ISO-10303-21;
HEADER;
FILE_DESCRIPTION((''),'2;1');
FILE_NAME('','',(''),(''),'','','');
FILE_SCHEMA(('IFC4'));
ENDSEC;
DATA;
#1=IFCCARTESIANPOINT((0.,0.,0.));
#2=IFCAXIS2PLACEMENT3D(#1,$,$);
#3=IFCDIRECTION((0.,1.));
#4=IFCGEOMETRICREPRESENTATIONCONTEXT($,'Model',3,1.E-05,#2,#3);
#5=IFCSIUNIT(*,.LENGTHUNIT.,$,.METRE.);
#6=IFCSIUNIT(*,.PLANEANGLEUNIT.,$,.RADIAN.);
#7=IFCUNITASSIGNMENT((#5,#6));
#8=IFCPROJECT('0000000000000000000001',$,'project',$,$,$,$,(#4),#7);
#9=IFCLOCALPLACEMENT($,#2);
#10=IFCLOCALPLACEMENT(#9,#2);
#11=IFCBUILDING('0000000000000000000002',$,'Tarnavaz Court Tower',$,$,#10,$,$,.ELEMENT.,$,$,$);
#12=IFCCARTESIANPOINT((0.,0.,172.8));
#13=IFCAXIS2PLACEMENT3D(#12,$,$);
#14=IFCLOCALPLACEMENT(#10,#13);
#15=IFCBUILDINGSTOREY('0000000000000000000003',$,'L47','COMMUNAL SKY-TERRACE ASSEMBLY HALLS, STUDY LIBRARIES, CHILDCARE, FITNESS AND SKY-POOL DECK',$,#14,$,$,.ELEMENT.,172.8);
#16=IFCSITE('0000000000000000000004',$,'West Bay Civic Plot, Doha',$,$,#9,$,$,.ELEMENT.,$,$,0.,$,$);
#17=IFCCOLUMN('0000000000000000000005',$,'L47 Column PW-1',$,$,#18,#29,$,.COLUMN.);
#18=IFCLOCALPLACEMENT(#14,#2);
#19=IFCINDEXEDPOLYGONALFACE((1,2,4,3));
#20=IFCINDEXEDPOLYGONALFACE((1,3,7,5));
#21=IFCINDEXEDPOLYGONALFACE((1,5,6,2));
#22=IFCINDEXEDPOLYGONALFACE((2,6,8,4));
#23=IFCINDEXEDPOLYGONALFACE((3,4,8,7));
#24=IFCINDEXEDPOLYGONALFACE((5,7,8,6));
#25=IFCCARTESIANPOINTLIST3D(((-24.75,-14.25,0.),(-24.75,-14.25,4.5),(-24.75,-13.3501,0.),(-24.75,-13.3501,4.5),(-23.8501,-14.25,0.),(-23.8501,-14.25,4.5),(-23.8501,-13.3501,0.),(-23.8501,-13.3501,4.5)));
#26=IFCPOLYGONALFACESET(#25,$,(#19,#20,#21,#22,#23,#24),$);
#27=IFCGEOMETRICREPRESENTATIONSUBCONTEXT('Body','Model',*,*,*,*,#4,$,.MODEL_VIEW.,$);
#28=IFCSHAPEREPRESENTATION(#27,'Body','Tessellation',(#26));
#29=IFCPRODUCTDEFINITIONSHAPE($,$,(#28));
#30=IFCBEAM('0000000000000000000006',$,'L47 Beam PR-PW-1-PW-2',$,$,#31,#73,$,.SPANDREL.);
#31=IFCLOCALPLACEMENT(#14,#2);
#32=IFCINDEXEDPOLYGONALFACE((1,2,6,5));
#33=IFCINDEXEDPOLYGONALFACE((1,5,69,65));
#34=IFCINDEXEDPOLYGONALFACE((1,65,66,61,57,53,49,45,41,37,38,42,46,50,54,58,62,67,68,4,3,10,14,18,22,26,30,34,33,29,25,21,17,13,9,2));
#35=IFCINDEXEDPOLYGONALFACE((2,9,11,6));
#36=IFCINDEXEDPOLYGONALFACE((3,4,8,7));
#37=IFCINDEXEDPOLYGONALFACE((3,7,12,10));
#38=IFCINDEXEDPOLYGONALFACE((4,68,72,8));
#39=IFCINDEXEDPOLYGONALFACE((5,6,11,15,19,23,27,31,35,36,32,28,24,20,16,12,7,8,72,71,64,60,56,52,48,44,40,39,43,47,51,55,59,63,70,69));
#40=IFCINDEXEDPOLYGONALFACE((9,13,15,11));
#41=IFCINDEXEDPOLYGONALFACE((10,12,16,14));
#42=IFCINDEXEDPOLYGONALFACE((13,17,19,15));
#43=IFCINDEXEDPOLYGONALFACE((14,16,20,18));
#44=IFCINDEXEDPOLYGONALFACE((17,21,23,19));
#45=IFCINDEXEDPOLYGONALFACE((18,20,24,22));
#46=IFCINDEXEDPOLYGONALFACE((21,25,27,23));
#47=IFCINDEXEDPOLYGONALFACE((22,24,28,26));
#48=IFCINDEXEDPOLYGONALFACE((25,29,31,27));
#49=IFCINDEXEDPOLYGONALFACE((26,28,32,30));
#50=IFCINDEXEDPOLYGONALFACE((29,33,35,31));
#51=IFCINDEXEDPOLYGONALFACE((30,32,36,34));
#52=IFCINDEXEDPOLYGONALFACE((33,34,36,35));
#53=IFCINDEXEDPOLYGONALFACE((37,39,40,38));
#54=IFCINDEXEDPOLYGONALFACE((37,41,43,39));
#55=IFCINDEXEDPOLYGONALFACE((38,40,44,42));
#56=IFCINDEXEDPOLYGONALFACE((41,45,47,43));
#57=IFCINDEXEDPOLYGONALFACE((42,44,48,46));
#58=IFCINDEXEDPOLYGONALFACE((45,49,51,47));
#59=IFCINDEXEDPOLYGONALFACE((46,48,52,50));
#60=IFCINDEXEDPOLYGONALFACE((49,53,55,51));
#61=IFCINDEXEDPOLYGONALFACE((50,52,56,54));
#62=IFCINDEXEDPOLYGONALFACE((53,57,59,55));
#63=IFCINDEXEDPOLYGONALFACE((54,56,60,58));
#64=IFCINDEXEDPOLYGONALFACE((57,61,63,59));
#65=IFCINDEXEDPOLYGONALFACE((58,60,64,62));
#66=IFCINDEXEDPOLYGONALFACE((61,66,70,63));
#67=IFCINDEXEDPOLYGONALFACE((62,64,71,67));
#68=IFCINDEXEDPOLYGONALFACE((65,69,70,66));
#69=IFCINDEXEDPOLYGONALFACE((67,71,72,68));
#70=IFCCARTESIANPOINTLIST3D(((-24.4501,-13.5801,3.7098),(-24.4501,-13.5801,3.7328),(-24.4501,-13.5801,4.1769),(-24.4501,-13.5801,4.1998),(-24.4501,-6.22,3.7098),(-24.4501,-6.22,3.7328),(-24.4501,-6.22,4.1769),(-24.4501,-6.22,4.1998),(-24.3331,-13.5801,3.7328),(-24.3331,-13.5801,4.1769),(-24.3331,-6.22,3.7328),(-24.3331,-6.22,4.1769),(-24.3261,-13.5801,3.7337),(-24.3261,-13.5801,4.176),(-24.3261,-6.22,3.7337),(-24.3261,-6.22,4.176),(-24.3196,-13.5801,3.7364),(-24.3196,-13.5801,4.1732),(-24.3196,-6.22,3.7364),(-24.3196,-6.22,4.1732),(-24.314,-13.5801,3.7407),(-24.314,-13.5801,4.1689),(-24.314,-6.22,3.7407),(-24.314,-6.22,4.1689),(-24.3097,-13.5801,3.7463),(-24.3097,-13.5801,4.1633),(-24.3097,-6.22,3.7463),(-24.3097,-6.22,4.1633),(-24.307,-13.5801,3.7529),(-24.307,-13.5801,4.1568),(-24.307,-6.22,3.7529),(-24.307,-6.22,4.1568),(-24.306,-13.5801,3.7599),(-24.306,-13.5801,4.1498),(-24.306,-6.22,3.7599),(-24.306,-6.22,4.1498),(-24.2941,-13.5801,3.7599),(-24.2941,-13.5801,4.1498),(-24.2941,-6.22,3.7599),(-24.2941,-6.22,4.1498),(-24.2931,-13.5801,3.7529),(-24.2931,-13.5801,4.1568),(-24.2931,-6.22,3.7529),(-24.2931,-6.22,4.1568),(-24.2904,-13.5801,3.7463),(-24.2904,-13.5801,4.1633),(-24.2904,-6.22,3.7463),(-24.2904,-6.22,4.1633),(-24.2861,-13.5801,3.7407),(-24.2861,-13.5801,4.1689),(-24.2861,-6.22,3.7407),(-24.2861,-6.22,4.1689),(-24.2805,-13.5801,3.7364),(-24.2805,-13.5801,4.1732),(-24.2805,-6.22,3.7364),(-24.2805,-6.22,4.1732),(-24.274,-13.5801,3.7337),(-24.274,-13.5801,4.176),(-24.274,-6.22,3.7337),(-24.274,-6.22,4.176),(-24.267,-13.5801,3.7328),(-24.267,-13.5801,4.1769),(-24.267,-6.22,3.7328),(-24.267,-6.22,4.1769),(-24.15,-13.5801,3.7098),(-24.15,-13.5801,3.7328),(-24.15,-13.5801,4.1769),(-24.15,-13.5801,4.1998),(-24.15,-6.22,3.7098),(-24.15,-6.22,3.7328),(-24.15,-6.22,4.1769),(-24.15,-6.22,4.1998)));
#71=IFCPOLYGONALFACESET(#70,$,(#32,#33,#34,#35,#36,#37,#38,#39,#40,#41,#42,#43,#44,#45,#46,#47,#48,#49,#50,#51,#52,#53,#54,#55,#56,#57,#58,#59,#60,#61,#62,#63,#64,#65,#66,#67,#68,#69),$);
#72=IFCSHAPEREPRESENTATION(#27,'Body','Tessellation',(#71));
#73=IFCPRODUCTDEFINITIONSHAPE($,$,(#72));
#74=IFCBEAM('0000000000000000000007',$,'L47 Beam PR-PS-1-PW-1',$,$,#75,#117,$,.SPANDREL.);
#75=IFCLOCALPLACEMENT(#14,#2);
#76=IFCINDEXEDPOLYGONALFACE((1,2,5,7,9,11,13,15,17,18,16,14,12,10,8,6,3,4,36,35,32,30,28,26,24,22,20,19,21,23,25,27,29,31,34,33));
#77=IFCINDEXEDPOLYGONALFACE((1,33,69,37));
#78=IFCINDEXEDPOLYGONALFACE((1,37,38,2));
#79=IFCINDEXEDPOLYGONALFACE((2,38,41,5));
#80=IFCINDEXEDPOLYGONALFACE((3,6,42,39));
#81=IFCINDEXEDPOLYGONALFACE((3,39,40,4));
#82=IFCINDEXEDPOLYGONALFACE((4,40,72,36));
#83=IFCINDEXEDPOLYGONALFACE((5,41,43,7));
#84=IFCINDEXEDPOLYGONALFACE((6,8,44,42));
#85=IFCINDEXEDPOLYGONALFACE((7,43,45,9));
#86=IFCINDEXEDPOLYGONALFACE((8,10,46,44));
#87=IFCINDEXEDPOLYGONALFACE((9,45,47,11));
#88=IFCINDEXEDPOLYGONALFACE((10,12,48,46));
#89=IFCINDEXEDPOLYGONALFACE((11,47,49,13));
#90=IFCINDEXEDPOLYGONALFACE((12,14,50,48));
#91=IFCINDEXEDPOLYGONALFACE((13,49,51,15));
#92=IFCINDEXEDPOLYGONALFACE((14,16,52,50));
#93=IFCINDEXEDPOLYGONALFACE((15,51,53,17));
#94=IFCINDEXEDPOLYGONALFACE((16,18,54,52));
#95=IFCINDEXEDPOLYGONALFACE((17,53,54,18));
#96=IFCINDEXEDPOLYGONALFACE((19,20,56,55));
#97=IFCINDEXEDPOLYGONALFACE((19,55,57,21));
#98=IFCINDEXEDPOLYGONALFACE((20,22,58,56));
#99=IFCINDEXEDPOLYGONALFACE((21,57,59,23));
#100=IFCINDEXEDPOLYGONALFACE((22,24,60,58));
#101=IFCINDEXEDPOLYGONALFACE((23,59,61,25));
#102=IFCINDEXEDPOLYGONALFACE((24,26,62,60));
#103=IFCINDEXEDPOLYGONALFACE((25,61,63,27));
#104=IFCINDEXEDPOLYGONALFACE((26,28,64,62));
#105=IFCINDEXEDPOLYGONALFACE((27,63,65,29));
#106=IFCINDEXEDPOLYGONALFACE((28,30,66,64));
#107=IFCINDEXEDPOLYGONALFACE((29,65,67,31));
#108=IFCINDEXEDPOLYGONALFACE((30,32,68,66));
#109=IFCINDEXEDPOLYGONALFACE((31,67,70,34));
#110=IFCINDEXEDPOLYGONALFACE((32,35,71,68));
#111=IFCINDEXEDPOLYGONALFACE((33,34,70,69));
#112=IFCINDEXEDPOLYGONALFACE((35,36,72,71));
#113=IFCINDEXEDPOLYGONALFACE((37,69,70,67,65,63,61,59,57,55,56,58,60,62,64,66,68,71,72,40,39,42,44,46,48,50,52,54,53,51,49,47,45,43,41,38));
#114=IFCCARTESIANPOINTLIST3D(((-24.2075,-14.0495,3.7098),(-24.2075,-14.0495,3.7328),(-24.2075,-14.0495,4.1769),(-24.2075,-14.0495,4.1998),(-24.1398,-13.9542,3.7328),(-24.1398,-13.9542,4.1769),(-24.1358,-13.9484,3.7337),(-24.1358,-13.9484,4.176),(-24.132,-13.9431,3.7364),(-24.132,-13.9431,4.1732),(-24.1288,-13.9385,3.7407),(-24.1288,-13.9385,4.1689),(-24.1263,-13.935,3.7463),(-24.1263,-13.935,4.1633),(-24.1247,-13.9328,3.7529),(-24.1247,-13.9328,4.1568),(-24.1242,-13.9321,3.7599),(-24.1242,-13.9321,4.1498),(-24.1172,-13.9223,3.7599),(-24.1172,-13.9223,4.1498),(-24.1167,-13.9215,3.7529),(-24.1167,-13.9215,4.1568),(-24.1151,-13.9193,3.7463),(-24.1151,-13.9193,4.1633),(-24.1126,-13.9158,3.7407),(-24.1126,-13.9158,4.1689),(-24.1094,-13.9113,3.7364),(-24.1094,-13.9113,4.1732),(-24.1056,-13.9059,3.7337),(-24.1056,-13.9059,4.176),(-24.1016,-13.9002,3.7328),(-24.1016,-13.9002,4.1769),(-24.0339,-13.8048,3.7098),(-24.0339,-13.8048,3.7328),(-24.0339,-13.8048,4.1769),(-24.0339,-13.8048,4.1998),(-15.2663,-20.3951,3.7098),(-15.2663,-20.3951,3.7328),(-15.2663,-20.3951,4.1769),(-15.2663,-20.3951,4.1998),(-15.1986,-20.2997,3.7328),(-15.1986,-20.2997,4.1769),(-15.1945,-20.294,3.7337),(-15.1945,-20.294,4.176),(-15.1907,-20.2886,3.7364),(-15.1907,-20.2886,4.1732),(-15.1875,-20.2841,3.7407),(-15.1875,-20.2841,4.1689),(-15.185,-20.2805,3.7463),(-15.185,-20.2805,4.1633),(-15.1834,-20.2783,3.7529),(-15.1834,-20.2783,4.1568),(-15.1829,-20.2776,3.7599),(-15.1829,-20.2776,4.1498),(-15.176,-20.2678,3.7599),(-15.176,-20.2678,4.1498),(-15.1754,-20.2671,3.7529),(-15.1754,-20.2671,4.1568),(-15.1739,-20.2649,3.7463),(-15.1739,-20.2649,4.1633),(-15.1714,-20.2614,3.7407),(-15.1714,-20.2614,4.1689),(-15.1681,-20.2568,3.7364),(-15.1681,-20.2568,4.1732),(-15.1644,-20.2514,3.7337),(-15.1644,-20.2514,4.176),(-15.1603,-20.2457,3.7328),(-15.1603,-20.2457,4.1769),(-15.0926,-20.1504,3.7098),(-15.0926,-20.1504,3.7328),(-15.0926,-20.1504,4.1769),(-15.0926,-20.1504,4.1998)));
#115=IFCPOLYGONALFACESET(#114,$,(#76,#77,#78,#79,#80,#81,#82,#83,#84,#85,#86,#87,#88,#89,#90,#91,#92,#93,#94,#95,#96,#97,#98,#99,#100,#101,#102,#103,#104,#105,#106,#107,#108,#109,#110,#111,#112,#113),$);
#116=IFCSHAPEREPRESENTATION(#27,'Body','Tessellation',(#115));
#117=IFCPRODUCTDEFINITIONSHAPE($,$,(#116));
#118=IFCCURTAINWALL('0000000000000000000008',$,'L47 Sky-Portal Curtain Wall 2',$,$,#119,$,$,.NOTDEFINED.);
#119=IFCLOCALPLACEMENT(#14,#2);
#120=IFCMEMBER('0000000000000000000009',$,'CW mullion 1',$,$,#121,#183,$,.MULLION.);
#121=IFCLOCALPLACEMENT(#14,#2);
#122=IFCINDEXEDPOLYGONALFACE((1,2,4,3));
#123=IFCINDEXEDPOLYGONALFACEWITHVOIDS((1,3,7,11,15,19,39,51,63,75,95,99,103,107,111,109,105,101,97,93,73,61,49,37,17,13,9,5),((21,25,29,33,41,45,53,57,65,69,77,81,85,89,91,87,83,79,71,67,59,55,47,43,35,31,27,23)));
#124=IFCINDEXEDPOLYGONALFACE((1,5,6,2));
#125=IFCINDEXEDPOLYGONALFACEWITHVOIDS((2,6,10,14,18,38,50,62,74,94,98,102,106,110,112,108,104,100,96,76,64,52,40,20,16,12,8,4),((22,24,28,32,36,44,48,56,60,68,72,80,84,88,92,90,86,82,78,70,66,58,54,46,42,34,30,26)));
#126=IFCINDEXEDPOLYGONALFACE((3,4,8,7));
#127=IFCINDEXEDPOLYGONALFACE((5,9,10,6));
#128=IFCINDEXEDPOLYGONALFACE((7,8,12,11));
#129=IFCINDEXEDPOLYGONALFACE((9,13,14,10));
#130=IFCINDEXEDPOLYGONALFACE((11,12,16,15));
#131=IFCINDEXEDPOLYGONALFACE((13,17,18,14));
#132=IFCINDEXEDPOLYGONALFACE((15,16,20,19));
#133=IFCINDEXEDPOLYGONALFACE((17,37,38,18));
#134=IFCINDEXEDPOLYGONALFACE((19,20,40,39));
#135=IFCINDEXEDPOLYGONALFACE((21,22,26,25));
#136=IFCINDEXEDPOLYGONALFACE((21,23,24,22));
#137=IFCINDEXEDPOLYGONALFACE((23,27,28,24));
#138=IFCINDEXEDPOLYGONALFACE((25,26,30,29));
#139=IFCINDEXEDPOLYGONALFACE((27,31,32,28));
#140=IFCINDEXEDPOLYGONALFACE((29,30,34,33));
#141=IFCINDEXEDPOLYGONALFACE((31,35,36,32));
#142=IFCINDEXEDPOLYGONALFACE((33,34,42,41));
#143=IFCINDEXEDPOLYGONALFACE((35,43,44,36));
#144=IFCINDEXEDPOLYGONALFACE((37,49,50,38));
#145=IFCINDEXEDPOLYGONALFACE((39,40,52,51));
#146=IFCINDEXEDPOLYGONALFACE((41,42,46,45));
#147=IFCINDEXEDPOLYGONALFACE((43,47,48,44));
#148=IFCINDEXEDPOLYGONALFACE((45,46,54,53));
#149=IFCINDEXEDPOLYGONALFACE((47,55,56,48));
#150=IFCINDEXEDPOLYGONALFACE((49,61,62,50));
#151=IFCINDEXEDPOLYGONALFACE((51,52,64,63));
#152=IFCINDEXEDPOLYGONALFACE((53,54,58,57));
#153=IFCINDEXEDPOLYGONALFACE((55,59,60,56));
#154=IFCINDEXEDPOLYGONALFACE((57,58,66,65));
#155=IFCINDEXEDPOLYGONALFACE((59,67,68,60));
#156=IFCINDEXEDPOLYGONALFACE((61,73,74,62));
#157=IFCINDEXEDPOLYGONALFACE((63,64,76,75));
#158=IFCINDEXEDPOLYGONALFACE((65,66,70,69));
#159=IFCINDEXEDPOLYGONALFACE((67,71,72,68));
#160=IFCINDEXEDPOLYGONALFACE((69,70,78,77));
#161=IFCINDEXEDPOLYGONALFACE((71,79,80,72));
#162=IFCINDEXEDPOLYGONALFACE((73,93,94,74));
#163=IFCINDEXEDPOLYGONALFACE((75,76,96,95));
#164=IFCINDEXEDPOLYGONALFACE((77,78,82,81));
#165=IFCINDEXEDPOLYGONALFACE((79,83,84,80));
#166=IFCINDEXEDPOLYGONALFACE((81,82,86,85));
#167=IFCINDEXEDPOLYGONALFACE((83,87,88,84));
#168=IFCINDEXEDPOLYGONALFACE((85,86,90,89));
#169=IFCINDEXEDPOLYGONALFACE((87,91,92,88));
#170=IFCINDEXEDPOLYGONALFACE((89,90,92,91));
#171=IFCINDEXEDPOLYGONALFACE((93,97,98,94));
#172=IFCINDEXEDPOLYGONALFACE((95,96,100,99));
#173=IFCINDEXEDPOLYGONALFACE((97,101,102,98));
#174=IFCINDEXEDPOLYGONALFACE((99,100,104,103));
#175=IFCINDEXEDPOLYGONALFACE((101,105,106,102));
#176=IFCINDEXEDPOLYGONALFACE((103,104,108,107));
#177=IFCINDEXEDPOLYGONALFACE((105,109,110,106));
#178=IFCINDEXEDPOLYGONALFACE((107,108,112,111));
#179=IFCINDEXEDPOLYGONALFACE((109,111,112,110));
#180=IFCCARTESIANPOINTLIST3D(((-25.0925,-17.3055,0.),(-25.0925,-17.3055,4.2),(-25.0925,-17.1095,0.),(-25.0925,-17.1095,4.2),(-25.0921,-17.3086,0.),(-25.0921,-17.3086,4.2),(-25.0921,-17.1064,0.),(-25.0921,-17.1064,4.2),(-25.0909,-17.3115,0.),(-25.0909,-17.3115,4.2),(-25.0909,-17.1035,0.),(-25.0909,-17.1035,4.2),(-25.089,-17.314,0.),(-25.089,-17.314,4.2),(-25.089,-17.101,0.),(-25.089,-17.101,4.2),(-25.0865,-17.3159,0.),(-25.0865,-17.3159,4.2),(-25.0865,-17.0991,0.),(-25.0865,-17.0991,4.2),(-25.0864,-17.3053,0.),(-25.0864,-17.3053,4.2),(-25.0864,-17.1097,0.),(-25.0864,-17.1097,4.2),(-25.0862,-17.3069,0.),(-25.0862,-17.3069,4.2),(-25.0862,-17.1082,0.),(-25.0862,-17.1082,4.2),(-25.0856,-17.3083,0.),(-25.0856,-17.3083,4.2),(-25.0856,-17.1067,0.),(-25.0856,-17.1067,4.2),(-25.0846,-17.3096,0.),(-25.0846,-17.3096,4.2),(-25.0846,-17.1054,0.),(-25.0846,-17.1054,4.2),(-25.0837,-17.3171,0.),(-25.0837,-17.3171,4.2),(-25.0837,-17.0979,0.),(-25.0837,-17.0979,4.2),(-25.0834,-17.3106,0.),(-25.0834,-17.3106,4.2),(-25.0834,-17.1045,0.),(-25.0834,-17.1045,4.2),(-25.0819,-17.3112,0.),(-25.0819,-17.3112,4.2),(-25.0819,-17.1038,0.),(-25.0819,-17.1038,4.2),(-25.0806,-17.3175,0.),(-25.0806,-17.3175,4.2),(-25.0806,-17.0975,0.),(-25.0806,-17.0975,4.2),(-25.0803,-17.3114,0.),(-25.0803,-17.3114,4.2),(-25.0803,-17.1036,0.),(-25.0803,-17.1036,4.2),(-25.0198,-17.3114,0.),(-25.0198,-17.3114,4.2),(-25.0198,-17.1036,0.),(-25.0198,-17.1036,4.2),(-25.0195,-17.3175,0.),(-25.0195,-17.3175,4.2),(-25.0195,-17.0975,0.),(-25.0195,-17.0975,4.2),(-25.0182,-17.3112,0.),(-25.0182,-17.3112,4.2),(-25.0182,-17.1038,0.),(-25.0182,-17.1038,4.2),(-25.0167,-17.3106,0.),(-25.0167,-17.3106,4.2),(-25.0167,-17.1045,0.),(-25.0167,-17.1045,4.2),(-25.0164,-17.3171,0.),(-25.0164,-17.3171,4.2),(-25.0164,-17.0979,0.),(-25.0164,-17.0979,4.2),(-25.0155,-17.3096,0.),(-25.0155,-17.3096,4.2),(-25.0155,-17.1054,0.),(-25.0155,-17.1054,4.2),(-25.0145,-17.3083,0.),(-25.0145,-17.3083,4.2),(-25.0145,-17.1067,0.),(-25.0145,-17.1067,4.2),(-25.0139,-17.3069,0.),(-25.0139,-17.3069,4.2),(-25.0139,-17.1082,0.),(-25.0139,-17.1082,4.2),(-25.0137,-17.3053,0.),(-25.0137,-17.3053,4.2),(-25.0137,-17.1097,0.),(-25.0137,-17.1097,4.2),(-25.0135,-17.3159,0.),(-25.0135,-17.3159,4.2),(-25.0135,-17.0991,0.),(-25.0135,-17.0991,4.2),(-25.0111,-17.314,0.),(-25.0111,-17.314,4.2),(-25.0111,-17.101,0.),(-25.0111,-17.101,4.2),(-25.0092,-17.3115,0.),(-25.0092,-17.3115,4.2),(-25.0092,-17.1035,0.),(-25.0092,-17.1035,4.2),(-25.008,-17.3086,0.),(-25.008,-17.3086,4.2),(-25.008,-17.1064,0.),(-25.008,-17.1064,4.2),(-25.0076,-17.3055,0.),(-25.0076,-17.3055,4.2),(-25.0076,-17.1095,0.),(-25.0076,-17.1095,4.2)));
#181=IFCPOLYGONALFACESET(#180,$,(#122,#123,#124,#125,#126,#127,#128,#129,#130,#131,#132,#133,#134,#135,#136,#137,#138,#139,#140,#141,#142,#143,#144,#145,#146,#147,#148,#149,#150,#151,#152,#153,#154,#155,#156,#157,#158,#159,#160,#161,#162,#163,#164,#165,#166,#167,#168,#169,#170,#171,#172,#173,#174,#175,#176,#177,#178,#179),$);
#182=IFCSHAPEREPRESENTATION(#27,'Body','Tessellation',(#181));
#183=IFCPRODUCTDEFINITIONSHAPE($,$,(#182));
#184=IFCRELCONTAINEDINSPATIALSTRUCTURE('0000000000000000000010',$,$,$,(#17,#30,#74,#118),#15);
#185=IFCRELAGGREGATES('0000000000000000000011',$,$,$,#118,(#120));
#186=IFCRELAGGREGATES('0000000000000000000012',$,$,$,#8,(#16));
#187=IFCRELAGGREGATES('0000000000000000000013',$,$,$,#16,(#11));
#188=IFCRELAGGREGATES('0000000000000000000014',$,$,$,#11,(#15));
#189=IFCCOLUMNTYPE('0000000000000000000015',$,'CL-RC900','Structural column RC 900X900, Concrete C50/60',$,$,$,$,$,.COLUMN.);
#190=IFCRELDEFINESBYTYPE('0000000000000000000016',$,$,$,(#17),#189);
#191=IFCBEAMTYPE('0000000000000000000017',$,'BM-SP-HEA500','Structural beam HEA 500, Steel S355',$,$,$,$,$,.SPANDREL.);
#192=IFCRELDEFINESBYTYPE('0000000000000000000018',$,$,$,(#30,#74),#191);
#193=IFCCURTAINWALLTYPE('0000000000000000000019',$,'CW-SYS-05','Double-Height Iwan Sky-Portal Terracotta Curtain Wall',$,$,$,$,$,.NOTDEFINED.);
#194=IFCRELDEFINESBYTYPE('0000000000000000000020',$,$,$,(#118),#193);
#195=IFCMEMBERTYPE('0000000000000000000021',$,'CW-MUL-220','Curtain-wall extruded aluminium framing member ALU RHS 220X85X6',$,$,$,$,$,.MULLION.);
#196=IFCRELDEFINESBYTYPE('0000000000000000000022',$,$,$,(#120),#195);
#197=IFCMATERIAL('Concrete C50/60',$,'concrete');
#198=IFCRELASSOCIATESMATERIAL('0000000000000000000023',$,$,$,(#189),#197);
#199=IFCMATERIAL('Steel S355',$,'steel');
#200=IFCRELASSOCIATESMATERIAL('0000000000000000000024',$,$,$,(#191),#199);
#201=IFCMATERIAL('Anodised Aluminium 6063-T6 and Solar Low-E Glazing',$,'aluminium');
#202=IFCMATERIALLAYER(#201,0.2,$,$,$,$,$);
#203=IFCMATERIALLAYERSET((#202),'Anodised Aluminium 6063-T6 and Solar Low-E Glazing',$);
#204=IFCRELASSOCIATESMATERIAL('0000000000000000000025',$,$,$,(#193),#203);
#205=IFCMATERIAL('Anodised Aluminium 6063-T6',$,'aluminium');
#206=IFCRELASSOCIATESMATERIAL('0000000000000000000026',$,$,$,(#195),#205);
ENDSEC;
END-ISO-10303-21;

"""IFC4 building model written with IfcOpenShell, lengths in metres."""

from ifc_helpers import new_model, si_unit, direction, frame, origin, origin_2d, place, context, subcontext, project, spatial, rectangle, hollow_rectangle, i_section, extrude, material, layer, layer_set, material_profile, profile_set, type_object, element, aggregate, save


model = new_model("IFC4")

# Units and contexts
model_context = context("Model", 3, precision=1e-05, world=origin(), true_north=direction((0.0, 1.0)))
body_context = subcontext(model_context, "Body", "Model", "MODEL_VIEW")
ifc_project = project(units=[si_unit("LENGTHUNIT", "METRE"), si_unit("PLANEANGLEUNIT", "RADIAN")], contexts=[model_context])

# Site, building, storey
site_placement = place(None, origin())
site = spatial("IfcSite", under=ifc_project, at=site_placement, Name="West Bay Civic Plot, Doha", CompositionType="ELEMENT", RefElevation=0.0)
building_placement = place(site_placement, origin())
building = spatial("IfcBuilding", under=site, at=building_placement, Name="Tarnavaz Court Tower", CompositionType="ELEMENT")
storey_placement = place(building_placement, frame((0.0, 0.0, 172.8)))
storey = spatial("IfcBuildingStorey", under=building, at=storey_placement, Name="L47", Description="COMMUNAL SKY-TERRACE ASSEMBLY HALLS, STUDY LIBRARIES, CHILDCARE, FITNESS AND SKY-POOL DECK", CompositionType="ELEMENT", Elevation=172.8)

# Column
ifc_material_1 = material(Name="Concrete C50/60", Category="concrete")
ifc_material_profile_1 = material_profile(ifc_material_1, rectangle(XDim=0.8999, YDim=0.8999, at=origin_2d()), Name="RC 900X900")
ifc_profile_set_1 = profile_set([ifc_material_profile_1], Name="Concrete C50/60")
column_type = type_object("IfcColumnType", Name="CL-RC900", Description="Structural column RC 900X900, Concrete C50/60", PredefinedType="COLUMN", material=ifc_profile_set_1)
column_placement = place(storey_placement, frame((-24.3, -13.8, 0.0), z_axis=(0.0, 0.0, 1.0), x_axis=(1.0, 0.0, 0.0)))
element("IfcColumn", 1, at=column_placement, inside=storey, type_object=column_type, Name="L47 Column PW-1", PredefinedType="COLUMN", context=body_context, shape_type="SweptSolid", body=[
    extrude(rectangle(XDim=0.8999, YDim=0.8999, at=origin_2d()), origin(), (0.0, 0.0, 1.0), 4.5),
])

# Beams
ifc_material_2 = material(Name="Steel S355", Category="steel")
ifc_material_profile_2 = material_profile(ifc_material_2, i_section(OverallWidth=0.3, OverallDepth=0.49, WebThickness=0.012, FlangeThickness=0.0229, FilletRadius=0.0271, at=origin_2d()), Name="HEA 500")
ifc_profile_set_2 = profile_set([ifc_material_profile_2], Name="Steel S355")
beam_type = type_object("IfcBeamType", Name="BM-SP-HEA500", Description="Structural beam HEA 500, Steel S355", PredefinedType="SPANDREL", material=ifc_profile_set_2)
beam_1_placement = place(storey_placement, frame((-24.3, -13.5801, 3.9548), z_axis=(0.0, 1.0, 0.0), x_axis=(-1.0, 0.0, 0.0)))
element("IfcBeam", 2, at=beam_1_placement, inside=storey, type_object=beam_type, Name="L47 Beam PR-PW-1-PW-2", PredefinedType="SPANDREL", context=body_context, shape_type="SweptSolid", body=[
    extrude(i_section(OverallWidth=0.3, OverallDepth=0.49, WebThickness=0.012, FlangeThickness=0.0229, FilletRadius=0.0271, at=origin_2d()), origin(), (0.0, 0.0, 1.0), 7.3601),
])
beam_2_placement = place(storey_placement, frame((-15.1794, -20.2727, 3.9548), z_axis=(-0.815502, 0.578754, 0.0), x_axis=(-0.578754, -0.815502, 0.0)))
element("IfcBeam", 3, at=beam_2_placement, inside=storey, type_object=beam_type, Name="L47 Beam PR-PS-1-PW-1", PredefinedType="SPANDREL", context=body_context, shape_type="SweptSolid", body=[
    extrude(i_section(OverallWidth=0.3, OverallDepth=0.49, WebThickness=0.012, FlangeThickness=0.0229, FilletRadius=0.0271, at=origin_2d()), origin(), (0.0, 0.0, 1.0), 10.9641),
])

# Curtain wall, member
ifc_material_3 = material(Name="Anodised Aluminium 6063-T6 and Solar Low-E Glazing", Category="aluminium")
ifc_layer_1 = layer(ifc_material_3, 0.2)
ifc_layer_set_1 = layer_set([ifc_layer_1], Name="Anodised Aluminium 6063-T6 and Solar Low-E Glazing")
curtain_wall_type = type_object("IfcCurtainWallType", Name="CW-SYS-05", Description="Double-Height Iwan Sky-Portal Terracotta Curtain Wall", PredefinedType="NOTDEFINED", material=ifc_layer_set_1)
curtain_wall_placement = place(storey_placement, origin())
curtain_wall = element("IfcCurtainWall", 4, at=curtain_wall_placement, inside=storey, type_object=curtain_wall_type, Name="L47 Sky-Portal Curtain Wall 2", PredefinedType="NOTDEFINED")
ifc_material_4 = material(Name="Anodised Aluminium 6063-T6", Category="aluminium")
ifc_material_profile_3 = material_profile(ifc_material_4, hollow_rectangle(XDim=0.085, YDim=0.22, WallThickness=0.0061, InnerFilletRadius=0.0061, OuterFilletRadius=0.012, at=origin_2d()), Name="ALU RHS 220X85X6")
ifc_profile_set_3 = profile_set([ifc_material_profile_3], Name="Anodised Aluminium 6063-T6")
member_type_1 = type_object("IfcMemberType", Name="CW-MUL-220", Description="Curtain-wall extruded aluminium framing member ALU RHS 220X85X6", PredefinedType="MULLION", material=ifc_profile_set_3)
member_1_placement = place(storey_placement, frame((-25.05, -17.2075, 0.0), z_axis=(0.0, 0.0, 1.0), x_axis=(-1.0, 0.0, 0.0)))
member_1 = element("IfcMember", 5, at=member_1_placement, type_object=member_type_1, Name="CW mullion 1", PredefinedType="MULLION", context=body_context, shape_type="SweptSolid", body=[
    extrude(hollow_rectangle(XDim=0.085, YDim=0.22, WallThickness=0.0061, InnerFilletRadius=0.0061, OuterFilletRadius=0.012, at=origin_2d()), origin(), (0.0, 0.0, 1.0), 4.2),
])
aggregate(curtain_wall, [member_1])

save(model, "model.ifc")
